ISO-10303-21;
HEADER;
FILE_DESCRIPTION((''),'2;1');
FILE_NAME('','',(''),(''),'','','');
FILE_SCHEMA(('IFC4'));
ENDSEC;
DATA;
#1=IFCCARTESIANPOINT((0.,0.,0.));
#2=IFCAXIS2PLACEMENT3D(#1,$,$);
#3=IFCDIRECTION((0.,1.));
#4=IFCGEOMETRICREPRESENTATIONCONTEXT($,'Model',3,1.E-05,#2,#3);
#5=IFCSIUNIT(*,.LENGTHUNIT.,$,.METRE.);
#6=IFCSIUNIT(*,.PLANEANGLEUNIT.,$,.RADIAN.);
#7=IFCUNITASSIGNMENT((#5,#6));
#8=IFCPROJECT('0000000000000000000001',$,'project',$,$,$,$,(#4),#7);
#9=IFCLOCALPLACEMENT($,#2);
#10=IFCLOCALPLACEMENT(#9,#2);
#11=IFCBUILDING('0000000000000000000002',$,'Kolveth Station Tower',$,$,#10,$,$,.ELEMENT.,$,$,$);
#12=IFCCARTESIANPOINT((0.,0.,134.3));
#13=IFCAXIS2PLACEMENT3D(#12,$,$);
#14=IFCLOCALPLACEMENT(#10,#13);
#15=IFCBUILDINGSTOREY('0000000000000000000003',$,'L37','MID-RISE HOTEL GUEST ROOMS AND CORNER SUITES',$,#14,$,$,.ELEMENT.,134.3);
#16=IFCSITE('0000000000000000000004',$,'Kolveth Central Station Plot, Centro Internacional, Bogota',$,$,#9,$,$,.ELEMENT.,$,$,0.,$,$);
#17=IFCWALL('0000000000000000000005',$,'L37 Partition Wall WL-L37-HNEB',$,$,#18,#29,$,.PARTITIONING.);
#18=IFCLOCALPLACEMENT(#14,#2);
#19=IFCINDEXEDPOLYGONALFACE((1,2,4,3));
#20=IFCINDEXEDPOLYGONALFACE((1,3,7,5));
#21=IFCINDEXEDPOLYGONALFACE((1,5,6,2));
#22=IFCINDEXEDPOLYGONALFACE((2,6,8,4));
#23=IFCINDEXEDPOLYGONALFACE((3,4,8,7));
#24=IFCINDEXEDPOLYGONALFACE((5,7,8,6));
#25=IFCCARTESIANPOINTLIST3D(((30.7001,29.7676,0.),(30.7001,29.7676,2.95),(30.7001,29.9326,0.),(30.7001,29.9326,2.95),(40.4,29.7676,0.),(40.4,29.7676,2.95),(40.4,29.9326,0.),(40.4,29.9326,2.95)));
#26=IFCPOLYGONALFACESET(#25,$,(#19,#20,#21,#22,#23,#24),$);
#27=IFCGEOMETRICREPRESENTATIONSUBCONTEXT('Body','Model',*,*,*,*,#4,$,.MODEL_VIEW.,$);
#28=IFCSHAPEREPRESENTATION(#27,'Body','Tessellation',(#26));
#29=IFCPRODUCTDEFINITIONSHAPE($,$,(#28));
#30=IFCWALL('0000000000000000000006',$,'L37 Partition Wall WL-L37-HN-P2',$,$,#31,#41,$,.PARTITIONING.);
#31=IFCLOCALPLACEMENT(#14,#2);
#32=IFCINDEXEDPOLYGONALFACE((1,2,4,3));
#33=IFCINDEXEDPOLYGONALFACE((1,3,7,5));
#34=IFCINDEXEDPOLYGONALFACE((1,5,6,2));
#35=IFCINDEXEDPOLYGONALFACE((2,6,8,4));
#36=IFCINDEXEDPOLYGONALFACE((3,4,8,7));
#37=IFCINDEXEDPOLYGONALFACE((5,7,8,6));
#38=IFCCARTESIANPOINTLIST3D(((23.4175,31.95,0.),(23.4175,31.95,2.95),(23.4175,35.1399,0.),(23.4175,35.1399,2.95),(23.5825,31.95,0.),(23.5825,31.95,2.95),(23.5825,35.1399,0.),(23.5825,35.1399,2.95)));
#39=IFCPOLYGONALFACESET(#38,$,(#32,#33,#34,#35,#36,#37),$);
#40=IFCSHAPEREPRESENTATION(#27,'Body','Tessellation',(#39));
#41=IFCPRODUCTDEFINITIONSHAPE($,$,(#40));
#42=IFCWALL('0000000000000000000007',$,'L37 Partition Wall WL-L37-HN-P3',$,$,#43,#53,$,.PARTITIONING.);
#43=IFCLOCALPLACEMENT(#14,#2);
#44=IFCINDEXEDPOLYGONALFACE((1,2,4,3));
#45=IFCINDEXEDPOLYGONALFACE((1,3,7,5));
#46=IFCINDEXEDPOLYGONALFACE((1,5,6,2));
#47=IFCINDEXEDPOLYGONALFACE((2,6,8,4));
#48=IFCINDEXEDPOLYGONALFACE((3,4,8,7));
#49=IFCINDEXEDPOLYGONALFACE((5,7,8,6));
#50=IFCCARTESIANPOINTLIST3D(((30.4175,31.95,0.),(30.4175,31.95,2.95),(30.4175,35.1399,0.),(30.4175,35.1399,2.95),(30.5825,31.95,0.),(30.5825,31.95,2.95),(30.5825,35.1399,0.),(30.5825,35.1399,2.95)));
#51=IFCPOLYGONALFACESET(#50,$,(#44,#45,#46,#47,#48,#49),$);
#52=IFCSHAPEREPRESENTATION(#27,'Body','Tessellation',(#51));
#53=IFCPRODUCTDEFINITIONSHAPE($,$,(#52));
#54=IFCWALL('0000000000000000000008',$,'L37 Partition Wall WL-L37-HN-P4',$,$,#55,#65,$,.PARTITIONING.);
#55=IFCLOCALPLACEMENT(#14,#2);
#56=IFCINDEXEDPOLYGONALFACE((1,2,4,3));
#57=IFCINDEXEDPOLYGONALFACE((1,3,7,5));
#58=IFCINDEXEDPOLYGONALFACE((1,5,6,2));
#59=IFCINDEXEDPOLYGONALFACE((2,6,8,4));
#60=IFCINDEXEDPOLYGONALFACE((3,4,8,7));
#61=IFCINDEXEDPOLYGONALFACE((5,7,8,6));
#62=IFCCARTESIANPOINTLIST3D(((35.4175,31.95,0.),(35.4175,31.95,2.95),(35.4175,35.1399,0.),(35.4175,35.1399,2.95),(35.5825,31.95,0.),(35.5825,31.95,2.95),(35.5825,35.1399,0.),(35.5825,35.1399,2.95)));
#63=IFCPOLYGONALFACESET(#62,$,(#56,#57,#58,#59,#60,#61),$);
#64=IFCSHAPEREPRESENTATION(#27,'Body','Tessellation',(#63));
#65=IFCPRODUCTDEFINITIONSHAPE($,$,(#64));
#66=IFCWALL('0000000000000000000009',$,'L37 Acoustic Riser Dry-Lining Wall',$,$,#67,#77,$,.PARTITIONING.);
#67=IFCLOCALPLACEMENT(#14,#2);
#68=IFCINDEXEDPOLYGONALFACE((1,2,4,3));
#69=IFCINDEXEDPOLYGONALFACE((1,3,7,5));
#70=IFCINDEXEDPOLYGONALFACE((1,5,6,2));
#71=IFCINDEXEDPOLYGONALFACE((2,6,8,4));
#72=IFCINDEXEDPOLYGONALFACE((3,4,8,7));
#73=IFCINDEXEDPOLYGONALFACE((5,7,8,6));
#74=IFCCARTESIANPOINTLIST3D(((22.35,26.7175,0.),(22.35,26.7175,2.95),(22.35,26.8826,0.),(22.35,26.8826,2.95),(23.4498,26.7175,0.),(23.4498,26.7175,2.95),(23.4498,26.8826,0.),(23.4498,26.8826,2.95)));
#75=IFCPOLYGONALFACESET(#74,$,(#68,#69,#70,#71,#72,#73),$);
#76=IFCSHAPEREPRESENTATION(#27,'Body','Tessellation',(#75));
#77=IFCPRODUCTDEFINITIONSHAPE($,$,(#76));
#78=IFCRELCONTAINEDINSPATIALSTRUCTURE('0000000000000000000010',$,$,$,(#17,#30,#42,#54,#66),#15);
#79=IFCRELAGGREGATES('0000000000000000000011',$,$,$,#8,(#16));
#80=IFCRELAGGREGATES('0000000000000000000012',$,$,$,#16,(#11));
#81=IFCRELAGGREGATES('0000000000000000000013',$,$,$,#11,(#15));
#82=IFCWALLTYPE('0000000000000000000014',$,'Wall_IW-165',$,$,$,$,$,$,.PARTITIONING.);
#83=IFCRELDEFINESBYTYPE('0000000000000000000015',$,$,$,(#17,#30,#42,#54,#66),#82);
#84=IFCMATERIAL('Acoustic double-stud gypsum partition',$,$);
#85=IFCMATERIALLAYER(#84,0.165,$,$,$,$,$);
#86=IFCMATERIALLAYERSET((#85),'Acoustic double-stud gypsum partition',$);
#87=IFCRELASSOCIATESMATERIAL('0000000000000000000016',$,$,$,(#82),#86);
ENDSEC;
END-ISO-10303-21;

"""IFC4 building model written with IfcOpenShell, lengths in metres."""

from ifc_helpers import new_model, si_unit, direction, frame, frame_2d, origin, place, context, subcontext, project, spatial, rectangle, extrude, material, layer, layer_set, type_object, element, save


model = new_model("IFC4")

# Units and contexts
model_context = context("Model", 3, precision=1e-05, world=origin(), true_north=direction((0.0, 1.0)))
body_context = subcontext(model_context, "Body", "Model", "MODEL_VIEW")
ifc_project = project(units=[si_unit("LENGTHUNIT", "METRE"), si_unit("PLANEANGLEUNIT", "RADIAN")], contexts=[model_context])

# Site, building, storey
site_placement = place(None, origin())
site = spatial("IfcSite", under=ifc_project, at=site_placement, Name="Kolveth Central Station Plot, Centro Internacional, Bogota", CompositionType="ELEMENT", RefElevation=0.0)
building_placement = place(site_placement, origin())
building = spatial("IfcBuilding", under=site, at=building_placement, Name="Kolveth Station Tower", CompositionType="ELEMENT")
storey_placement = place(building_placement, frame((0.0, 0.0, 134.3)))
storey = spatial("IfcBuildingStorey", under=building, at=storey_placement, Name="L37", Description="MID-RISE HOTEL GUEST ROOMS AND CORNER SUITES", CompositionType="ELEMENT", Elevation=134.3)

# Wall
ifc_material_1 = material(Name="Acoustic double-stud gypsum partition")
ifc_layer_1 = layer(ifc_material_1, 0.165)
ifc_layer_set_1 = layer_set([ifc_layer_1], Name="Acoustic double-stud gypsum partition")
wall_type = type_object("IfcWallType", Name="Wall_IW-165", PredefinedType="PARTITIONING", material=ifc_layer_set_1)
wall_1_placement = place(storey_placement, frame((30.7, 29.8501, 0.0), z_axis=(0.0, 0.0, 1.0), x_axis=(1.0, 0.0, 0.0)))
element("IfcWall", 1, at=wall_1_placement, inside=storey, type_object=wall_type, Name="L37 Partition Wall WL-L37-HNEB", PredefinedType="PARTITIONING", context=body_context, shape_type="SweptSolid", body=[
    extrude(rectangle(XDim=9.7, YDim=0.165, at=frame_2d((4.8501, 0.0))), origin(), (0.0, 0.0, 1.0), 2.95),
])

# Walls
for number, where, z_axis, x_axis, name in (
    (2, (23.5, 31.95, 0.0), (0.0, 0.0, 1.0), (0.0, 1.0, 0.0), "L37 Partition Wall WL-L37-HN-P2"),
    (3, (30.5, 31.95, 0.0), (0.0, 0.0, 1.0), (0.0, 1.0, 0.0), "L37 Partition Wall WL-L37-HN-P3"),
    (4, (35.5, 31.95, 0.0), (0.0, 0.0, 1.0), (0.0, 1.0, 0.0), "L37 Partition Wall WL-L37-HN-P4"),
):
    element("IfcWall", number, at=place(storey_placement, frame(where, z_axis=z_axis, x_axis=x_axis)), inside=storey, type_object=wall_type, Name=name, PredefinedType="PARTITIONING", context=body_context, shape_type="SweptSolid", body=[
        extrude(rectangle(XDim=3.1899, YDim=0.165, at=frame_2d((1.595, 0.0))), origin(), (0.0, 0.0, 1.0), 2.95),
    ])
wall_2_placement = place(storey_placement, frame((22.3501, 26.8, 0.0), z_axis=(0.0, 0.0, 1.0), x_axis=(1.0, 0.0, 0.0)))
element("IfcWall", 5, at=wall_2_placement, inside=storey, type_object=wall_type, Name="L37 Acoustic Riser Dry-Lining Wall", PredefinedType="PARTITIONING", context=body_context, shape_type="SweptSolid", body=[
    extrude(rectangle(XDim=1.0999, YDim=0.165, at=frame_2d((0.5498, 0.0))), origin(), (0.0, 0.0, 1.0), 2.95),
])

save(model, "model.ifc")
